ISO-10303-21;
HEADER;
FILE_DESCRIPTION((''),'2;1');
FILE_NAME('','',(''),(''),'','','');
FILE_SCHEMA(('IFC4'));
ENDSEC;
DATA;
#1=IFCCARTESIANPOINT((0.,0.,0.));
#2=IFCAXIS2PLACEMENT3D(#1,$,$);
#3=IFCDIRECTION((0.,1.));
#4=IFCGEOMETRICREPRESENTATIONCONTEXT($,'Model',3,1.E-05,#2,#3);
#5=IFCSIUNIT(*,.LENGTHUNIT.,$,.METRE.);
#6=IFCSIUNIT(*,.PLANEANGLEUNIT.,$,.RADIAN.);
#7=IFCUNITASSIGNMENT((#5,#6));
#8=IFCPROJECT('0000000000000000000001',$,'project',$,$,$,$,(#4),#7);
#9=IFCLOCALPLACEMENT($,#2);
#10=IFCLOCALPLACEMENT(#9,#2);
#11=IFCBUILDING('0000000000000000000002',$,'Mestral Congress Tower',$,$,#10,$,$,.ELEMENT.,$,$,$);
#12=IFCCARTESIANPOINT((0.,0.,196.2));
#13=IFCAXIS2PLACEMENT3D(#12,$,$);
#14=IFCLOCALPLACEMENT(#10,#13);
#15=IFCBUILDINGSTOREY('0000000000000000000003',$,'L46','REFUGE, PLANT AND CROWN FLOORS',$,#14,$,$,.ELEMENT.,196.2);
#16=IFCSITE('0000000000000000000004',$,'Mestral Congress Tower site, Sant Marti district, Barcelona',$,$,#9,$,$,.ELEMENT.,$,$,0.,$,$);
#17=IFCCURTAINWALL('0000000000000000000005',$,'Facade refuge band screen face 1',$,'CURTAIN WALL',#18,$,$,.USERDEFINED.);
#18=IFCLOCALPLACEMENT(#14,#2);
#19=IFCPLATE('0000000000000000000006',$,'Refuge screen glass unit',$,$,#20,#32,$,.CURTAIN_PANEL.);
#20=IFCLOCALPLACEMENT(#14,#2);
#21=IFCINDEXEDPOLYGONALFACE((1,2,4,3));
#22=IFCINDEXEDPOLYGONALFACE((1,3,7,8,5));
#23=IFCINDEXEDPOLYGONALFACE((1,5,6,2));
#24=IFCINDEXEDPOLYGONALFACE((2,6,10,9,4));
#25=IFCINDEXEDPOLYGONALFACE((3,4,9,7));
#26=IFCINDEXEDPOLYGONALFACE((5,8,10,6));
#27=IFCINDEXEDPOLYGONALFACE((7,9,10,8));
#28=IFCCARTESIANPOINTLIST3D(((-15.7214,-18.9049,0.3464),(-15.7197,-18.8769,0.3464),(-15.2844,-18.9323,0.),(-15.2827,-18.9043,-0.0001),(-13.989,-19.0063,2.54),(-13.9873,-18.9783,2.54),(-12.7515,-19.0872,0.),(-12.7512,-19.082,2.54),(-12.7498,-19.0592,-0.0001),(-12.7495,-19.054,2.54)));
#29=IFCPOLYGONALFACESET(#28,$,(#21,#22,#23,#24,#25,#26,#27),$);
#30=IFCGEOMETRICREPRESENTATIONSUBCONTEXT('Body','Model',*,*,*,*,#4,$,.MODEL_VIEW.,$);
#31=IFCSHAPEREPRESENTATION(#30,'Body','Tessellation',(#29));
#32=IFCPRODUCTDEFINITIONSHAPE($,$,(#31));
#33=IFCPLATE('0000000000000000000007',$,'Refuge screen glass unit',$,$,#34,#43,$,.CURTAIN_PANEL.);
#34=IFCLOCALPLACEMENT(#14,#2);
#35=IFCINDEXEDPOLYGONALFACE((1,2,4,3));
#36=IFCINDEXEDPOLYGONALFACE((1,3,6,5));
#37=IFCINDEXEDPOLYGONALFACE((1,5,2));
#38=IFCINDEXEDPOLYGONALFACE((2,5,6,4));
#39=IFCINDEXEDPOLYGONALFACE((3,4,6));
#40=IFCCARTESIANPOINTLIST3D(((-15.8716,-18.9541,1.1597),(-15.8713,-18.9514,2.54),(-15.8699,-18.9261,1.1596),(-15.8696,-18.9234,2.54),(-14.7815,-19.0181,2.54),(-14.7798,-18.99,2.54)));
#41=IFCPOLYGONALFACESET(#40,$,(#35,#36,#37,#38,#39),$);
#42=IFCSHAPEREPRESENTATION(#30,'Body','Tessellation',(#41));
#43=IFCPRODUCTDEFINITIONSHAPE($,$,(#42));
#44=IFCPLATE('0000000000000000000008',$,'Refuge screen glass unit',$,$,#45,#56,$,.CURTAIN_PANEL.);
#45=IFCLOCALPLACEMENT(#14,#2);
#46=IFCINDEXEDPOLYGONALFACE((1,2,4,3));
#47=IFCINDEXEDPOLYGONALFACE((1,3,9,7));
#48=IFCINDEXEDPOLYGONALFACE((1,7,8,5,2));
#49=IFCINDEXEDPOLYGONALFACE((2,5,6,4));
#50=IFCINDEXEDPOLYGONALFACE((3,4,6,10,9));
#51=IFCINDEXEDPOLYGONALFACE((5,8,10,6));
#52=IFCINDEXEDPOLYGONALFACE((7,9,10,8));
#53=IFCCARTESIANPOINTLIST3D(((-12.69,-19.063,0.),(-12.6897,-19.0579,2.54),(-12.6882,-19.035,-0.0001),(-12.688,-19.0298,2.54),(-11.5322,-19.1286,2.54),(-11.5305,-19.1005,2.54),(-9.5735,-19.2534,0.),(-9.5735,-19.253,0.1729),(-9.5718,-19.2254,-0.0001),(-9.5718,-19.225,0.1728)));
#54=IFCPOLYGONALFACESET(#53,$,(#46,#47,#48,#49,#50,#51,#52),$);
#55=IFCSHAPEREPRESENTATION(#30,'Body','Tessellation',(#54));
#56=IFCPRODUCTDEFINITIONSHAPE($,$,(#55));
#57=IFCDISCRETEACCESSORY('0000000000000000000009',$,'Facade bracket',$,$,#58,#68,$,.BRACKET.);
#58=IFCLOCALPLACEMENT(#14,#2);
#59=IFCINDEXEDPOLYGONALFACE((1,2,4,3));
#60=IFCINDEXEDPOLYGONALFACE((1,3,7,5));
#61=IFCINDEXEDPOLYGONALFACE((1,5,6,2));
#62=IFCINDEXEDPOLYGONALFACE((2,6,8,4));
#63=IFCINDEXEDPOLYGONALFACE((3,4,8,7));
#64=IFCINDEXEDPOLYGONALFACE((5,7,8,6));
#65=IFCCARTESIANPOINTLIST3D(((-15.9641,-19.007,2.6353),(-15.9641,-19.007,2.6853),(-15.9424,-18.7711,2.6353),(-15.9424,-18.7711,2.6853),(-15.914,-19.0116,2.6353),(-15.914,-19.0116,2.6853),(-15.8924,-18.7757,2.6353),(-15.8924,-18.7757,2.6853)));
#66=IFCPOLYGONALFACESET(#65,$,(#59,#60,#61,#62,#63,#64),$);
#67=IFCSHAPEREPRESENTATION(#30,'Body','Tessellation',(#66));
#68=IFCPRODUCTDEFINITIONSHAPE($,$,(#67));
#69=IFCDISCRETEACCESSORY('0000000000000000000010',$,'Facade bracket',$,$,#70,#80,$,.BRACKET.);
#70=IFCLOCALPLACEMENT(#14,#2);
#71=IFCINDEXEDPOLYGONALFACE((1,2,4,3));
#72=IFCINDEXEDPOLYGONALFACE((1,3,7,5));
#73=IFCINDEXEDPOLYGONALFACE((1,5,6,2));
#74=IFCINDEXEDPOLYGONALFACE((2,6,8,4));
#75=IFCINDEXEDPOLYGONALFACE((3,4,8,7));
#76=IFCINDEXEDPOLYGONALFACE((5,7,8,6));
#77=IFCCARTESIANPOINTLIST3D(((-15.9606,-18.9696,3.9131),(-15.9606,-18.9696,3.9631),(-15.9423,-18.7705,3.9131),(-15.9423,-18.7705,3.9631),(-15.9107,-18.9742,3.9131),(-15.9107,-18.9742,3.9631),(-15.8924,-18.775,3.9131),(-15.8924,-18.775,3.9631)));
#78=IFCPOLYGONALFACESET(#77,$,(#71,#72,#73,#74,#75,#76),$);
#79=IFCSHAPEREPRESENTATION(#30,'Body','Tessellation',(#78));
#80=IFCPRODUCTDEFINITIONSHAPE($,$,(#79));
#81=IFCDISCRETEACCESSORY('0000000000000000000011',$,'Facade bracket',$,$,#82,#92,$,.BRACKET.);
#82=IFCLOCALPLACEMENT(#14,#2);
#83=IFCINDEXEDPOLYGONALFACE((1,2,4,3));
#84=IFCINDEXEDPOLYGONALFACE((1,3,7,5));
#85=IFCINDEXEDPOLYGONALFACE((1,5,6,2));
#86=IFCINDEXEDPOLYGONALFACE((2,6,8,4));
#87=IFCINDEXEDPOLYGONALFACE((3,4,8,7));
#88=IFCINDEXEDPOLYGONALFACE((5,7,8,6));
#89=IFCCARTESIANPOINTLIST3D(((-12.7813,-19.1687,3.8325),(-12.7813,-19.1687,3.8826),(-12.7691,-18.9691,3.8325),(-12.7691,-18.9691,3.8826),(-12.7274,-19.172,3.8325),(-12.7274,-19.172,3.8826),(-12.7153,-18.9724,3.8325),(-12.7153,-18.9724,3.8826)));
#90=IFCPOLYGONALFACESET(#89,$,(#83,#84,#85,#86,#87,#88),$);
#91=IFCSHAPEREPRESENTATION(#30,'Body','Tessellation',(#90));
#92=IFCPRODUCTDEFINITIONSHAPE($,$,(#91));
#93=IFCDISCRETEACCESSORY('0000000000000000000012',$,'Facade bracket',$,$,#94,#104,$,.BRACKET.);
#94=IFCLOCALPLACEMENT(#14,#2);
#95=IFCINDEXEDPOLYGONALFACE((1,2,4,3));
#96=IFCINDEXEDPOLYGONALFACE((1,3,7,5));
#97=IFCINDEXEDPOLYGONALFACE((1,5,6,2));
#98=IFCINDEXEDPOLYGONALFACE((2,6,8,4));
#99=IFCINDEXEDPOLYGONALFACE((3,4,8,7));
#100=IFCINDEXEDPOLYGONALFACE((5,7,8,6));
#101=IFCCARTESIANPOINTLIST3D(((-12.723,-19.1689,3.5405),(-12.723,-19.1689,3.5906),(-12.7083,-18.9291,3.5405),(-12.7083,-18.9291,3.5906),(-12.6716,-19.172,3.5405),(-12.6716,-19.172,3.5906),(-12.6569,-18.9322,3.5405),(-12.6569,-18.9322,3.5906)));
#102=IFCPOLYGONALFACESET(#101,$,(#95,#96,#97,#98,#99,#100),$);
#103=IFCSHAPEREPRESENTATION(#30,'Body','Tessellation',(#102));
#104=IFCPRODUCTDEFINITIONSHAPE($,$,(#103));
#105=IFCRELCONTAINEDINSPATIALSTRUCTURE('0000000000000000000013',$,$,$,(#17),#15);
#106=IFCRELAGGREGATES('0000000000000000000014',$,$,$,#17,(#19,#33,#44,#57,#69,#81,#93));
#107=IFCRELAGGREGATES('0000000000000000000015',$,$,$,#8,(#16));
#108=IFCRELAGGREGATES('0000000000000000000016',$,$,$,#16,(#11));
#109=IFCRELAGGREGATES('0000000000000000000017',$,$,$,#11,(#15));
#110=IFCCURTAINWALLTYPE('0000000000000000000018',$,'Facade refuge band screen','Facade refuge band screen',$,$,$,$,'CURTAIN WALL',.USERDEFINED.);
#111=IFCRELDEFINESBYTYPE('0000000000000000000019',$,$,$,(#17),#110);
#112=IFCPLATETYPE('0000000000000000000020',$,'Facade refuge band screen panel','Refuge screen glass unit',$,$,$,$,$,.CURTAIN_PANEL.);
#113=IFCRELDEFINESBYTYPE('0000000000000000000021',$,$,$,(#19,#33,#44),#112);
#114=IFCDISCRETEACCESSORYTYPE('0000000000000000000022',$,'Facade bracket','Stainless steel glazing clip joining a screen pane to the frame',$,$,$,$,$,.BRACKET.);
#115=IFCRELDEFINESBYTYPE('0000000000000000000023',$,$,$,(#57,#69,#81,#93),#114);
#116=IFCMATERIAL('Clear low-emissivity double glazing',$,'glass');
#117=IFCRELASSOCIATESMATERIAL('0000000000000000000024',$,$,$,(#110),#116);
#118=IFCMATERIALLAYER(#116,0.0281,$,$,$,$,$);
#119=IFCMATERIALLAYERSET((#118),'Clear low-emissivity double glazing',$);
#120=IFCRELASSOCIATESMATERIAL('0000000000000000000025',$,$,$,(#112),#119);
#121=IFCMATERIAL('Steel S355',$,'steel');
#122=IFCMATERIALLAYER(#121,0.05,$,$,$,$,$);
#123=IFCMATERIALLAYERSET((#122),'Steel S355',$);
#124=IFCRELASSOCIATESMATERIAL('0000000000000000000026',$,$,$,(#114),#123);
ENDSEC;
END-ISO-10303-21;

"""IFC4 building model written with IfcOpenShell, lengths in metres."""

from ifc_helpers import new_model, si_unit, direction, frame, origin, origin_2d, place, context, subcontext, project, spatial, polyline, rectangle, outline, extrude, material, layer, layer_set, type_object, element, aggregate, save


model = new_model("IFC4")

# Units and contexts
model_context = context("Model", 3, precision=1e-05, world=origin(), true_north=direction((0.0, 1.0)))
body_context = subcontext(model_context, "Body", "Model", "MODEL_VIEW")
ifc_project = project(units=[si_unit("LENGTHUNIT", "METRE"), si_unit("PLANEANGLEUNIT", "RADIAN")], contexts=[model_context])

# Site, building, storey
site_placement = place(None, origin())
site = spatial("IfcSite", under=ifc_project, at=site_placement, Name="Mestral Congress Tower site, Sant Marti district, Barcelona", CompositionType="ELEMENT", RefElevation=0.0)
building_placement = place(site_placement, origin())
building = spatial("IfcBuilding", under=site, at=building_placement, Name="Mestral Congress Tower", CompositionType="ELEMENT")
storey_placement = place(building_placement, frame((0.0, 0.0, 196.2)))
storey = spatial("IfcBuildingStorey", under=building, at=storey_placement, Name="L46", Description="REFUGE, PLANT AND CROWN FLOORS", CompositionType="ELEMENT", Elevation=196.2)

# Shared definitions
ifc_material_1 = material(Name="Steel S355", Category="steel")

# Curtain wall
ifc_material_2 = material(Name="Clear low-emissivity double glazing", Category="glass")
curtain_wall_type = type_object("IfcCurtainWallType", Name="Facade refuge band screen", Description="Facade refuge band screen", ElementType="CURTAIN WALL", PredefinedType="USERDEFINED", material=ifc_material_2)
curtain_wall_placement = place(storey_placement, origin())
curtain_wall = element("IfcCurtainWall", 1, at=curtain_wall_placement, inside=storey, type_object=curtain_wall_type, Name="Facade refuge band screen face 1", ObjectType="CURTAIN WALL", PredefinedType="USERDEFINED")

# Plates
ifc_layer_1 = layer(ifc_material_2, 0.0281)
ifc_layer_set_1 = layer_set([ifc_layer_1], Name="Clear low-emissivity double glazing")
plate_type_1 = type_object("IfcPlateType", Name="Facade refuge band screen panel", Description="Refuge screen glass unit", PredefinedType="CURTAIN_PANEL", material=ifc_layer_set_1)
plate_1_placement = place(storey_placement, frame((-12.7512, -19.082, 2.54), z_axis=(-0.061044, -0.998133, 0.002053), x_axis=(-0.000098, -0.002051, -0.999998)))
plate_1 = element("IfcPlate", 2, at=plate_1_placement, type_object=plate_type_1, Name="Refuge screen glass unit", PredefinedType="CURTAIN_PANEL", context=body_context, shape_type="SweptSolid", body=[
    extrude(outline(polyline([(0.0, 0.0), (2.54, 0.0), (2.54, -2.5377), (2.1935, -2.9756), (0.0, -1.2401), (0.0, 0.0)])), origin(), (0.0, 0.0, -1.0), 0.0281),
])
plate_2_placement = place(storey_placement, frame((-15.8713, -18.9514, 2.54), z_axis=(-0.061042, -0.998133, 0.001953), x_axis=(0.998135, -0.061042, 0.0)))
plate_2 = element("IfcPlate", 3, at=plate_2_placement, type_object=plate_type_1, Name="Refuge screen glass unit", PredefinedType="CURTAIN_PANEL", context=body_context, shape_type="SweptSolid", body=[
    extrude(outline(polyline([(0.0, 0.0), (1.0919, 0.0), (-0.0001, -1.3804), (0.0, 0.0)])), origin(), (0.0, 0.0, -1.0), 0.0281),
])
plate_3_placement = place(storey_placement, frame((-12.6897, -19.0579, 2.54), z_axis=(-0.060979, -0.998137, 0.002024), x_axis=(0.998139, -0.060979, 0.0)))
plate_3 = element("IfcPlate", 4, at=plate_3_placement, type_object=plate_type_1, Name="Refuge screen glass unit", PredefinedType="CURTAIN_PANEL", context=body_context, shape_type="SweptSolid", body=[
    extrude(outline(polyline([(0.0, 0.0), (1.1596, 0.0), (3.1223, -2.3672), (3.1223, -2.54), (0.0001, -2.54), (0.0, 0.0)])), origin(), (0.0, 0.0, -1.0), 0.0281),
])

# Discrete accessories
ifc_layer_2 = layer(ifc_material_1, 0.05)
ifc_layer_set_2 = layer_set([ifc_layer_2], Name="Steel S355")
discrete_accessory_type = type_object("IfcDiscreteAccessoryType", Name="Facade bracket", Description="Stainless steel glazing clip joining a screen pane to the frame", PredefinedType="BRACKET", material=ifc_layer_set_2)
discrete_accessory_1_placement = place(storey_placement, frame((-15.9282, -18.8914, 2.6353), z_axis=(0.0, 0.0, 1.0), x_axis=(0.995811, -0.091439, 0.0)))
discrete_accessory_1 = element("IfcDiscreteAccessory", 5, at=discrete_accessory_1_placement, type_object=discrete_accessory_type, Name="Facade bracket", PredefinedType="BRACKET", context=body_context, shape_type="SweptSolid", body=[
    extrude(rectangle(XDim=0.0503, YDim=0.2368, at=origin_2d()), origin(), (0.0, 0.0, 1.0), 0.05),
])
discrete_accessory_2_placement = place(storey_placement, frame((-15.9265, -18.8723, 3.9131), z_axis=(0.0, 0.0, 1.0), x_axis=(0.995806, -0.091488, 0.0)))
discrete_accessory_2 = element("IfcDiscreteAccessory", 6, at=discrete_accessory_2_placement, type_object=discrete_accessory_type, Name="Facade bracket", PredefinedType="BRACKET", context=body_context, shape_type="SweptSolid", body=[
    extrude(rectangle(XDim=0.05, YDim=0.2, at=origin_2d()), origin(), (0.0, 0.0, 1.0), 0.05),
])
discrete_accessory_3_placement = place(storey_placement, frame((-12.7483, -19.0706, 3.8325), z_axis=(0.0, 0.0, 1.0), x_axis=(0.998151, -0.060785, 0.0)))
discrete_accessory_3 = element("IfcDiscreteAccessory", 7, at=discrete_accessory_3_placement, type_object=discrete_accessory_type, Name="Facade bracket", PredefinedType="BRACKET", context=body_context, shape_type="SweptSolid", body=[
    extrude(rectangle(XDim=0.054, YDim=0.2, at=origin_2d()), origin(), (0.0, 0.0, 1.0), 0.05),
])
discrete_accessory_4_placement = place(storey_placement, frame((-12.6899, -19.0505, 3.5405), z_axis=(0.0, 0.0, 1.0), x_axis=(0.998134, -0.061062, 0.0)))
discrete_accessory_4 = element("IfcDiscreteAccessory", 8, at=discrete_accessory_4_placement, type_object=discrete_accessory_type, Name="Facade bracket", PredefinedType="BRACKET", context=body_context, shape_type="SweptSolid", body=[
    extrude(rectangle(XDim=0.0515, YDim=0.2402, at=origin_2d()), origin(), (0.0, 0.0, 1.0), 0.05),
])
aggregate(curtain_wall, [plate_1, plate_2, plate_3, discrete_accessory_1, discrete_accessory_2, discrete_accessory_3, discrete_accessory_4])

save(model, "model.ifc")
